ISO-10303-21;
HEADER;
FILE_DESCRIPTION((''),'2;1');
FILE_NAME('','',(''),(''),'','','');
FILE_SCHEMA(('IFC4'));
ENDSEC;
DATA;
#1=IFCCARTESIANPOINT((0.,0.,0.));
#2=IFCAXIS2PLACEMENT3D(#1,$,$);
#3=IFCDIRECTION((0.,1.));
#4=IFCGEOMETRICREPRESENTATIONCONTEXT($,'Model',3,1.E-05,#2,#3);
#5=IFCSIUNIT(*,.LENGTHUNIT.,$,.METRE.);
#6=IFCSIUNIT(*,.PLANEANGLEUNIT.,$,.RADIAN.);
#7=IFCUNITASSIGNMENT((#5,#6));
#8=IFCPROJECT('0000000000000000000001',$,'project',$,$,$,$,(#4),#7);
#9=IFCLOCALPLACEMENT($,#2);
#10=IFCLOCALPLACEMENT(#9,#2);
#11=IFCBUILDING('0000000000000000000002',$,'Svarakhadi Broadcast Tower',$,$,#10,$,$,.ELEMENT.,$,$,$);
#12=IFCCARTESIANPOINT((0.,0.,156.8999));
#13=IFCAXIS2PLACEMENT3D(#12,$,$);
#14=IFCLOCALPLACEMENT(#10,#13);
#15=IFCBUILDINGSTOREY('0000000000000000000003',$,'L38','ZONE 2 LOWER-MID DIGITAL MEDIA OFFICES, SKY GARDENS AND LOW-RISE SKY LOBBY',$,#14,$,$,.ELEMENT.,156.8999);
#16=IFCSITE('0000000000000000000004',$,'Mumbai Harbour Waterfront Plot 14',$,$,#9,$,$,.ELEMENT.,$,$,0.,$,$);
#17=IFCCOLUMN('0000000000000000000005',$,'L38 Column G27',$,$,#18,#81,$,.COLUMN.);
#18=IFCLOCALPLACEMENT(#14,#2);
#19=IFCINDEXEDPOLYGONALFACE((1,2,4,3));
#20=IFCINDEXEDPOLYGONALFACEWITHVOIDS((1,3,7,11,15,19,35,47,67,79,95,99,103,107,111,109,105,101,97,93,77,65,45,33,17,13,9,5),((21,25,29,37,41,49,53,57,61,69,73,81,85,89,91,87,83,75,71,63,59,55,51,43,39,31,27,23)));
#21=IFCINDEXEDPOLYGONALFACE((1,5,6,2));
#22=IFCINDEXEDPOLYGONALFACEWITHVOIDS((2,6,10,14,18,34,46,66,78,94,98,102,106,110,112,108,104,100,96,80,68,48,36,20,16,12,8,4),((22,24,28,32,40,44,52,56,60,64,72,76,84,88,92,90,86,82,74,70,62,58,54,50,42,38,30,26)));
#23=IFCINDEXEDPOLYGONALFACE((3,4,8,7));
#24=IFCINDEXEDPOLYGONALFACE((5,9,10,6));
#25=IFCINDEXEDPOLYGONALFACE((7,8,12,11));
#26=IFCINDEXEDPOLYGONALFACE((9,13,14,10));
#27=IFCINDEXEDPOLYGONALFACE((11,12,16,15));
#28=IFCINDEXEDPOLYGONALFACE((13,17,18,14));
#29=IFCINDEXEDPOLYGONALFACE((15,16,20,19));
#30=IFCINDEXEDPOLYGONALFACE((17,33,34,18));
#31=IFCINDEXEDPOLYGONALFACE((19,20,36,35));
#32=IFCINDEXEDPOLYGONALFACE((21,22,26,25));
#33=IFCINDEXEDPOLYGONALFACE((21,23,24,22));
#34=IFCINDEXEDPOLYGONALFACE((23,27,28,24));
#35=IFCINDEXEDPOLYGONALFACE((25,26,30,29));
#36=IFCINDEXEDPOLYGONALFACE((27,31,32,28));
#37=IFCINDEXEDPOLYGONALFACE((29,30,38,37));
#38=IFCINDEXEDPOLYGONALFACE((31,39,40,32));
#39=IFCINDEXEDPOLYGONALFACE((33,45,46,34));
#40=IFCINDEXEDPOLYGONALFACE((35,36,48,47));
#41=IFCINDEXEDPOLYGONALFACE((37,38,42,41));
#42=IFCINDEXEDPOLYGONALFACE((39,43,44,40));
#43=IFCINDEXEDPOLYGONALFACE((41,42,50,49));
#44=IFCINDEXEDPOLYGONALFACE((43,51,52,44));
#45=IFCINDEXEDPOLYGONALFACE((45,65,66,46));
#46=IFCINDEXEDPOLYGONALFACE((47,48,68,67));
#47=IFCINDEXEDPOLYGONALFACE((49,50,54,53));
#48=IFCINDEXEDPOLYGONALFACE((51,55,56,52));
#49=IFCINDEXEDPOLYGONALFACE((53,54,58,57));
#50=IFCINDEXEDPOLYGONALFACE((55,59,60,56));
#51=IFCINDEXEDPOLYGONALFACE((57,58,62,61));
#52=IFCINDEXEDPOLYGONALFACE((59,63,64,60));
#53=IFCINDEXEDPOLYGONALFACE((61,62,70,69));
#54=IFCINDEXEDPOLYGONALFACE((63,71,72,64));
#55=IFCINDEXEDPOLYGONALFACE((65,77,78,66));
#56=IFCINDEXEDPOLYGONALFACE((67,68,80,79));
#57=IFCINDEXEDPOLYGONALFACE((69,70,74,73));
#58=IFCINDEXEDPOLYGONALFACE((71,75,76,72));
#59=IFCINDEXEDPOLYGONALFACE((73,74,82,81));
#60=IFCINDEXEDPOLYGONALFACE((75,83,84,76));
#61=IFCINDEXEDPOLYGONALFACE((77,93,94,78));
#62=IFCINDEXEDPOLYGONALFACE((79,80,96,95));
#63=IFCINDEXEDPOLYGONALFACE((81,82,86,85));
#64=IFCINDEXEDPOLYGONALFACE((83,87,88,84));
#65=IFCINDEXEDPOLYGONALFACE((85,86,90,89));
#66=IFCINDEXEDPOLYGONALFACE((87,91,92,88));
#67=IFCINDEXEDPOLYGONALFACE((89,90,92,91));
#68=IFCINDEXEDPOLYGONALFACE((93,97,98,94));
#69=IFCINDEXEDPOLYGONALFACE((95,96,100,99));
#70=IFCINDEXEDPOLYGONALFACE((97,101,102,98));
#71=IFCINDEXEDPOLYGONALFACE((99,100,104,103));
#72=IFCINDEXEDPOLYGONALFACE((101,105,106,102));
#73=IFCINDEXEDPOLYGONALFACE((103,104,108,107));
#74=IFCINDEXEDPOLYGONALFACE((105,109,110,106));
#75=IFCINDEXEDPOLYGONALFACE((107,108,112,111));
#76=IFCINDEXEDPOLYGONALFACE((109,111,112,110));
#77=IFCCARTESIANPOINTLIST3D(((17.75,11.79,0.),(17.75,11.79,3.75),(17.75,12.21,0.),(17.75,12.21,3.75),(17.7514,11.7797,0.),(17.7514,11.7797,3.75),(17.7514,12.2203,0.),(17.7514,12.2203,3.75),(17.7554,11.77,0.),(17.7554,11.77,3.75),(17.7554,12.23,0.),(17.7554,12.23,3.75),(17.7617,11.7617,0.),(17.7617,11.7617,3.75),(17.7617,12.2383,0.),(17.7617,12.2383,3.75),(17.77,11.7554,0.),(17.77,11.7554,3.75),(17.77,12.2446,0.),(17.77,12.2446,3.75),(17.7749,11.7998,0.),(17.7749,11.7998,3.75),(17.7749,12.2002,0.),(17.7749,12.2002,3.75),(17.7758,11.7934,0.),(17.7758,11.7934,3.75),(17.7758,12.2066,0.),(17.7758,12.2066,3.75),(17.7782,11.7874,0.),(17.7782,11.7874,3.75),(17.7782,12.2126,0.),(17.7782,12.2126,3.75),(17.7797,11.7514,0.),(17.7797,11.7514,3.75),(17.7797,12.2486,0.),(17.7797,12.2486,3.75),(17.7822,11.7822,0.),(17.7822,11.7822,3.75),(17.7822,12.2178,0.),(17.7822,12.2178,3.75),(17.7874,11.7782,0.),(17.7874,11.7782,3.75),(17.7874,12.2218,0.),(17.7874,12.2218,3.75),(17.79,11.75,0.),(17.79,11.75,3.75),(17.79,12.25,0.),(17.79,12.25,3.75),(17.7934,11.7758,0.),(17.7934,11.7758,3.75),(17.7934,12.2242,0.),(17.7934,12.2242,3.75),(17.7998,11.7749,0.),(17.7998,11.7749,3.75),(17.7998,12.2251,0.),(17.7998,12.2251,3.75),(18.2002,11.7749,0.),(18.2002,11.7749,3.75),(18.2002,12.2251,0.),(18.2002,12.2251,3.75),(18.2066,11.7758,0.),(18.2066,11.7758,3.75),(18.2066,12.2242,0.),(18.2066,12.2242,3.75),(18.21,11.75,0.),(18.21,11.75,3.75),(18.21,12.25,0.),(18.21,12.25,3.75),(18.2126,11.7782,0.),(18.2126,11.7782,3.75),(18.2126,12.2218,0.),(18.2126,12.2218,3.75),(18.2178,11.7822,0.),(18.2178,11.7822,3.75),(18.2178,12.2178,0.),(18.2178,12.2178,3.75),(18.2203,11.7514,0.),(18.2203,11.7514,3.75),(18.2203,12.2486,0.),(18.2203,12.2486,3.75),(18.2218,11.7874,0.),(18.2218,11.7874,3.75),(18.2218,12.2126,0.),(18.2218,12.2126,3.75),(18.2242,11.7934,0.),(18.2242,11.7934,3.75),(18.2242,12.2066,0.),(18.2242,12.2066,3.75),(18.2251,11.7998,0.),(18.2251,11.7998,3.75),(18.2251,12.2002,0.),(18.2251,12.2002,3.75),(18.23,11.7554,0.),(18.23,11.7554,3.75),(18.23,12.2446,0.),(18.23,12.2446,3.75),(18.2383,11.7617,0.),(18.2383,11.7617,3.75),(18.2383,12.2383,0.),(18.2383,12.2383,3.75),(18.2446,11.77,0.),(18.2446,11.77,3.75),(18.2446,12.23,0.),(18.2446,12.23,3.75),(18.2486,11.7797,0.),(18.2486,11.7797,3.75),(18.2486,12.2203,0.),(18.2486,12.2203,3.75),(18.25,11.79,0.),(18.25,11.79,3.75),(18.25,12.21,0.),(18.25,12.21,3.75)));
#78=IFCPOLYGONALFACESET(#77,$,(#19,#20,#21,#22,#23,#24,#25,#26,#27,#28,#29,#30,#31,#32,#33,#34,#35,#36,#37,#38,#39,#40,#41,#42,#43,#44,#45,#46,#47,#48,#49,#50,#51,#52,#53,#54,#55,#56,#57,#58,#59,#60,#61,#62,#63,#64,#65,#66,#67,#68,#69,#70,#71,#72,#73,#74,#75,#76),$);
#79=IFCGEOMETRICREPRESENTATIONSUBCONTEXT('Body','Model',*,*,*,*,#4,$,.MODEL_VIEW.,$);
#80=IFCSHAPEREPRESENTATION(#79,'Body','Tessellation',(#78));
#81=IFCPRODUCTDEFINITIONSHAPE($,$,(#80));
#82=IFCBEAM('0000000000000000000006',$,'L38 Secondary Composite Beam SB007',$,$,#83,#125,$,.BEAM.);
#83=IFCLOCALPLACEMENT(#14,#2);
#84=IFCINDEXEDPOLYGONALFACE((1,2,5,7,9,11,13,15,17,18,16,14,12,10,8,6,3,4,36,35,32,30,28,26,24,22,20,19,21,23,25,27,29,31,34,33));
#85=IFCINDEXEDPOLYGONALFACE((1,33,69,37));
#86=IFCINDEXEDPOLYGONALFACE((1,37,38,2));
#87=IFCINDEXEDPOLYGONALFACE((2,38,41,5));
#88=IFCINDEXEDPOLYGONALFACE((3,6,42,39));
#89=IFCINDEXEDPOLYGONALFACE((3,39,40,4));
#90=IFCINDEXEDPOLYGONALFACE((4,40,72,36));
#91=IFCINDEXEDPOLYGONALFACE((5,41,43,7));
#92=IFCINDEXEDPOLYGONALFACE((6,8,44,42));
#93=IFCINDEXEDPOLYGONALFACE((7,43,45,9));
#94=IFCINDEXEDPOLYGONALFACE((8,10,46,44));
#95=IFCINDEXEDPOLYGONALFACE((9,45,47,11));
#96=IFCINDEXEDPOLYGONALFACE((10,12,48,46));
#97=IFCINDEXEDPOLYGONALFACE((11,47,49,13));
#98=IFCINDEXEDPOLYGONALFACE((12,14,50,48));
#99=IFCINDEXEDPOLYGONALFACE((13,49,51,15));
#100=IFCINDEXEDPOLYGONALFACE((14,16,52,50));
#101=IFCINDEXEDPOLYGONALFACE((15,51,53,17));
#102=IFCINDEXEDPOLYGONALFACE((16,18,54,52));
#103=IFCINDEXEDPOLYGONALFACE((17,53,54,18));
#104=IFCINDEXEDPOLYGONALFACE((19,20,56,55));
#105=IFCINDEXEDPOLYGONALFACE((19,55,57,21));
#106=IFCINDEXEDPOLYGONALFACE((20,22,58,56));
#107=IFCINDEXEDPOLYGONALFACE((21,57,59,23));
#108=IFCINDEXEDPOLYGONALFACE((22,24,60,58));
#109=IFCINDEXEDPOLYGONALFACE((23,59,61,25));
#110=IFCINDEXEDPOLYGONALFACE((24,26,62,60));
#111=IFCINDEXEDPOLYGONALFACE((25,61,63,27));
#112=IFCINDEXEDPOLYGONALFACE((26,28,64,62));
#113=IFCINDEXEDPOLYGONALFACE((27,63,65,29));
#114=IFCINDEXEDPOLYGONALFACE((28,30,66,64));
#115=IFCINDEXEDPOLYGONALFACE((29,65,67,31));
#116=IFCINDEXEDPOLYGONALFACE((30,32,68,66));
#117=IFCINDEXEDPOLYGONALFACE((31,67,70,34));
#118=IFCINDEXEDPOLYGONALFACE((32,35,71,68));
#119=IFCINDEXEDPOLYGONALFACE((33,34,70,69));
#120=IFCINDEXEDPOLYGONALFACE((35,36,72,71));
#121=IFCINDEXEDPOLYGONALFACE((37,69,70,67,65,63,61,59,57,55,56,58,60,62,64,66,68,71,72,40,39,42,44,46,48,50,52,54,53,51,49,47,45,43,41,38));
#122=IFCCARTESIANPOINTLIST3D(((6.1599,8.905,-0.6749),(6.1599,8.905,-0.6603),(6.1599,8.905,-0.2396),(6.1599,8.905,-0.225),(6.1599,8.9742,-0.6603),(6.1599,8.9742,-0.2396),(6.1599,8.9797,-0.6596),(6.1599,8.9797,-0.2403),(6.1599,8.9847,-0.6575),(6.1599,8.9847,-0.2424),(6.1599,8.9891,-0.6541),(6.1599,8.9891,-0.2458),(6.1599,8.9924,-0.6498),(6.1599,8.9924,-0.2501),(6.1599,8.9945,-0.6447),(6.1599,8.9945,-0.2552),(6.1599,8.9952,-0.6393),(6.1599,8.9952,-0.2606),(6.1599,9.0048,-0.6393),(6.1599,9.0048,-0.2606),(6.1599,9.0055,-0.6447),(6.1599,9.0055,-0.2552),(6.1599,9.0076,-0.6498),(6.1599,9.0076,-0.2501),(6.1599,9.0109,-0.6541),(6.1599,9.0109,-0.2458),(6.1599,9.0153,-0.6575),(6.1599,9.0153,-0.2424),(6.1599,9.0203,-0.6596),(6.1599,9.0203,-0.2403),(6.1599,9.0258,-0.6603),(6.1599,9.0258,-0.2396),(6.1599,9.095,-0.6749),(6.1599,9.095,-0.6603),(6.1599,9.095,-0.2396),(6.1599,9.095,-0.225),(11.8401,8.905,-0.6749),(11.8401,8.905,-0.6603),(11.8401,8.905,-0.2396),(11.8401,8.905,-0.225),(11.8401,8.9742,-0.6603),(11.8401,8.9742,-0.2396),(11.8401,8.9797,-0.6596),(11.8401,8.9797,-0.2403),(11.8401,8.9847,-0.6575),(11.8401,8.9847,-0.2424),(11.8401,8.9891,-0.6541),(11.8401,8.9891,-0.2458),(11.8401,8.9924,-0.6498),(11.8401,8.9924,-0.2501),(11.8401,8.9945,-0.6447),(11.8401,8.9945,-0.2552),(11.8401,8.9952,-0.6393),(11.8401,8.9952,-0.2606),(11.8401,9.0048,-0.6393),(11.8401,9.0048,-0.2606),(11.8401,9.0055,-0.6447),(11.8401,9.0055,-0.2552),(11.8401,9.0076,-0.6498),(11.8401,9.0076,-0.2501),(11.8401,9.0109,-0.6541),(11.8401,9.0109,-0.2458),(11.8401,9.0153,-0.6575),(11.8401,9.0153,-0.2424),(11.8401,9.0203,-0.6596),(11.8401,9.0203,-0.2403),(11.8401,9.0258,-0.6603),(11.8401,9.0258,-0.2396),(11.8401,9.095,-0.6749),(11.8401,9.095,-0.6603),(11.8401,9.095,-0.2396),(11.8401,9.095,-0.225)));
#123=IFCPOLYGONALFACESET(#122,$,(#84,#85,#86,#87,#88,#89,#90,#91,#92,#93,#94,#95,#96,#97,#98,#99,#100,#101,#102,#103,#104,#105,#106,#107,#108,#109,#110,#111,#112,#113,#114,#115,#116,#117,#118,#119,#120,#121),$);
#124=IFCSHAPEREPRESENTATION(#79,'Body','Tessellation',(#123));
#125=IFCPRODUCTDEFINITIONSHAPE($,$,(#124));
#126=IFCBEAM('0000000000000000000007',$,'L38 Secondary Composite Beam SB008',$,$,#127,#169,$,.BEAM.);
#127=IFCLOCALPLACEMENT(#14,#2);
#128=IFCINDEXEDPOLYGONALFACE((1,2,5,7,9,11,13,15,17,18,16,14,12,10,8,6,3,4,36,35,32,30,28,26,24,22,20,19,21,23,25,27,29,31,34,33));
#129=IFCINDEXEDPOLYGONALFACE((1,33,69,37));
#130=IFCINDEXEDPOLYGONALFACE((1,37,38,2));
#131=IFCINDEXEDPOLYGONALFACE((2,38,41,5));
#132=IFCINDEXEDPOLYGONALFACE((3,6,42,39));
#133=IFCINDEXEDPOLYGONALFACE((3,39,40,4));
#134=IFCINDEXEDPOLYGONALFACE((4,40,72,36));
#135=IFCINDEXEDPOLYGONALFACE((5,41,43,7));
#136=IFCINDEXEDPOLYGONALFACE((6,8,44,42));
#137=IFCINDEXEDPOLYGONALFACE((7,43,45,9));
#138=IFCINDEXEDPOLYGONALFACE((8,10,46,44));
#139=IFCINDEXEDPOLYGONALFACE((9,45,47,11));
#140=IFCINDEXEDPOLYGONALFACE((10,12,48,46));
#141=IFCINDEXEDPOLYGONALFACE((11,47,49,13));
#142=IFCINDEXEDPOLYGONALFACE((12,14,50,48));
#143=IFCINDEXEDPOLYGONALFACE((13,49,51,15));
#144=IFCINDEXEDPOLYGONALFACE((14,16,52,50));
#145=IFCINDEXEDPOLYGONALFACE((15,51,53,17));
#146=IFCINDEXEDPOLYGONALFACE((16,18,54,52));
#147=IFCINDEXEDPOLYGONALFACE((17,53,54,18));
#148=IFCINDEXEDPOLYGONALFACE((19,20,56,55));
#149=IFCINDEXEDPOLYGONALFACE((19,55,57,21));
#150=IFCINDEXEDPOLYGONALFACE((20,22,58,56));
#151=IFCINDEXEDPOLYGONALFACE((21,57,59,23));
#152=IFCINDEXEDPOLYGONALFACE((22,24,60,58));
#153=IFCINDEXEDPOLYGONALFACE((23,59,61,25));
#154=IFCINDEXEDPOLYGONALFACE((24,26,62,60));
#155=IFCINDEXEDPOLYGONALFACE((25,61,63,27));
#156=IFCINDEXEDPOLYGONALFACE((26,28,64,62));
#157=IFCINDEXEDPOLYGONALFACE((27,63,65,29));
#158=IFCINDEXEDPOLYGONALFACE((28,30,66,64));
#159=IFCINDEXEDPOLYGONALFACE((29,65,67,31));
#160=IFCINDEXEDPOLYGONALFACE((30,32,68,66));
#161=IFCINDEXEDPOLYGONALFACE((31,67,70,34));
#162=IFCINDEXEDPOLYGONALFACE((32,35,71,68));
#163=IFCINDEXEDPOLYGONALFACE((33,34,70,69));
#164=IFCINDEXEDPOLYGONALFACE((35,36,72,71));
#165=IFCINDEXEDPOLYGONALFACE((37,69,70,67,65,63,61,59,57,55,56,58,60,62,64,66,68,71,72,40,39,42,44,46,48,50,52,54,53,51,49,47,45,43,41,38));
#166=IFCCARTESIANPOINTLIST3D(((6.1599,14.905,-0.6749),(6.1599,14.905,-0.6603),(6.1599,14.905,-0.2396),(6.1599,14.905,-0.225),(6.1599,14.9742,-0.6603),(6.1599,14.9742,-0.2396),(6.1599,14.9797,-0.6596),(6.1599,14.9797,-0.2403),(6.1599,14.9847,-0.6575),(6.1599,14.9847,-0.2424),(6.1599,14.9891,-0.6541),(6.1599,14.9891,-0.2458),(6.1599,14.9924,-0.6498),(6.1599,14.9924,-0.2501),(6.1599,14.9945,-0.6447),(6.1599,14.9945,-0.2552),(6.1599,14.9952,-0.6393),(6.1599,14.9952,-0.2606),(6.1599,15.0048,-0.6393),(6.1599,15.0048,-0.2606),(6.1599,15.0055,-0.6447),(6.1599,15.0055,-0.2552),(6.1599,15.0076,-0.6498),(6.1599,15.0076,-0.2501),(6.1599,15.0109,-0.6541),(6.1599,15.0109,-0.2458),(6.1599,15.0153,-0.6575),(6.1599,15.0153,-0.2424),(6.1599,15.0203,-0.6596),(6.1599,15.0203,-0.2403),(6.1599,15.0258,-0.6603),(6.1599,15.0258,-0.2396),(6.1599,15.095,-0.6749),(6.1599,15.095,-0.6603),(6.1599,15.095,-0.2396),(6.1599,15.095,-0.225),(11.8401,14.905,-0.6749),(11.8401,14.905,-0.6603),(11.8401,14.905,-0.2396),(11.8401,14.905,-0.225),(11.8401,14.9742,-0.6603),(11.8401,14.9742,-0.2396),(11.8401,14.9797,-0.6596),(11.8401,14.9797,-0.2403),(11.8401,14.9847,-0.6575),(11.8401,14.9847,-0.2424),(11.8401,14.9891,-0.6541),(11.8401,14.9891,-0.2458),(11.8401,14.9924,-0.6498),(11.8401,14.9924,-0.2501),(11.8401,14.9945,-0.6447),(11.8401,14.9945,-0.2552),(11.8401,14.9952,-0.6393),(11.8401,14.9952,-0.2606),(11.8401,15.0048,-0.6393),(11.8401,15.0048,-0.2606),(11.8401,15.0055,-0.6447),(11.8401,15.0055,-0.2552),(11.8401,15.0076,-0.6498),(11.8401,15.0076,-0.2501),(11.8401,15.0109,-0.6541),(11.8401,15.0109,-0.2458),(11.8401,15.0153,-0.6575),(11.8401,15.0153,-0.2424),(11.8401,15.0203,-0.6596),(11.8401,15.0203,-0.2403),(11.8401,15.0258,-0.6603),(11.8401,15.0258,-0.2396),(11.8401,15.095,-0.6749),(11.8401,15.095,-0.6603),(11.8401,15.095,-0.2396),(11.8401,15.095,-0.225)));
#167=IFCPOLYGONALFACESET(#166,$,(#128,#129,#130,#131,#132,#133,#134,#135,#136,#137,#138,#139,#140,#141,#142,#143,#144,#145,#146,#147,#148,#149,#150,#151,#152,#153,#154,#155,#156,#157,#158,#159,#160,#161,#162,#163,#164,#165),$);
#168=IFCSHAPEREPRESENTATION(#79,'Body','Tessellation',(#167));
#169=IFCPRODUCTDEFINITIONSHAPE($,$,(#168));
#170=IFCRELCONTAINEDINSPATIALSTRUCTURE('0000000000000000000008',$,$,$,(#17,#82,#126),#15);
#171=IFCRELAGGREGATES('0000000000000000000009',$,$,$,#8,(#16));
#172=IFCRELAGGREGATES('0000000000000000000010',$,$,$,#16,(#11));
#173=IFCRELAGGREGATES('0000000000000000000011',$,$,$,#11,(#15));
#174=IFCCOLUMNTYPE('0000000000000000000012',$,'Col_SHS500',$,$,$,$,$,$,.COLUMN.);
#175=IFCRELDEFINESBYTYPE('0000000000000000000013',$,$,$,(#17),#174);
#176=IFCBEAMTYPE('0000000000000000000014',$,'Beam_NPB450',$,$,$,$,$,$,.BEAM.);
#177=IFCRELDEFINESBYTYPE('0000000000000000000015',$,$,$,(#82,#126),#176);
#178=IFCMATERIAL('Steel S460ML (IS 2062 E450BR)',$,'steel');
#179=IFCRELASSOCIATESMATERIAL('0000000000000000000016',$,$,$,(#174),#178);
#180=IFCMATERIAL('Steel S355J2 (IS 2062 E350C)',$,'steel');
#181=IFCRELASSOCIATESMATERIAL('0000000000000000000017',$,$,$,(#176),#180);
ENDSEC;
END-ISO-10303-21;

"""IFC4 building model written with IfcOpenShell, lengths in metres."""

from ifc_helpers import new_model, si_unit, direction, frame, origin, origin_2d, place, context, subcontext, project, spatial, hollow_rectangle, i_section, extrude, material, material_profile, profile_set, type_object, element, save


model = new_model("IFC4")

# Units and contexts
model_context = context("Model", 3, precision=1e-05, world=origin(), true_north=direction((0.0, 1.0)))
body_context = subcontext(model_context, "Body", "Model", "MODEL_VIEW")
ifc_project = project(units=[si_unit("LENGTHUNIT", "METRE"), si_unit("PLANEANGLEUNIT", "RADIAN")], contexts=[model_context])

# Site, building, storey
site_placement = place(None, origin())
site = spatial("IfcSite", under=ifc_project, at=site_placement, Name="Mumbai Harbour Waterfront Plot 14", CompositionType="ELEMENT", RefElevation=0.0)
building_placement = place(site_placement, origin())
building = spatial("IfcBuilding", under=site, at=building_placement, Name="Svarakhadi Broadcast Tower", CompositionType="ELEMENT")
storey_placement = place(building_placement, frame((0.0, 0.0, 156.8999)))
storey = spatial("IfcBuildingStorey", under=building, at=storey_placement, Name="L38", Description="ZONE 2 LOWER-MID DIGITAL MEDIA OFFICES, SKY GARDENS AND LOW-RISE SKY LOBBY", CompositionType="ELEMENT", Elevation=156.8999)

# Column
ifc_material_1 = material(Name="Steel S460ML (IS 2062 E450BR)", Category="steel")
ifc_material_profile_1 = material_profile(ifc_material_1, hollow_rectangle(XDim=0.5, YDim=0.5, WallThickness=0.0249, InnerFilletRadius=0.0249, OuterFilletRadius=0.04, at=origin_2d()), Name="SHS 500x500x25")
ifc_profile_set_1 = profile_set([ifc_material_profile_1], Name="Steel S460ML (IS 2062 E450BR)")
column_type_1 = type_object("IfcColumnType", Name="Col_SHS500", PredefinedType="COLUMN", material=ifc_profile_set_1)
for number, where, z_axis, x_axis, name in (
    (1, (18.0, 12.0, 0.0), (0.0, 0.0, 1.0), (1.0, 0.0, 0.0), "L38 Column G27"),
):
    element("IfcColumn", number, at=place(storey_placement, frame(where, z_axis=z_axis, x_axis=x_axis)), inside=storey, type_object=column_type_1, Name=name, PredefinedType="COLUMN", context=body_context, shape_type="SweptSolid", body=[
        extrude(hollow_rectangle(XDim=0.5, YDim=0.5, WallThickness=0.0249, InnerFilletRadius=0.0249, OuterFilletRadius=0.04, at=origin_2d()), origin(), (0.0, 0.0, 1.0), 3.75),
    ])

# Beams
ifc_material_2 = material(Name="Steel S355J2 (IS 2062 E350C)", Category="steel")
ifc_material_profile_2 = material_profile(ifc_material_2, i_section(OverallWidth=0.1899, OverallDepth=0.45, WebThickness=0.0095, FlangeThickness=0.0146, FilletRadius=0.021, at=origin_2d()), Name="NPB 450x190x78")
ifc_profile_set_2 = profile_set([ifc_material_profile_2], Name="Steel S355J2 (IS 2062 E350C)")
beam_type_1 = type_object("IfcBeamType", Name="Beam_NPB450", PredefinedType="BEAM", material=ifc_profile_set_2)
for number, where, z_axis, x_axis, name in (
    (2, (6.1599, 9.0, -0.45), (1.0, 0.0, 0.0), (0.0, 1.0, 0.0), "L38 Secondary Composite Beam SB007"),
    (3, (6.1599, 15.0, -0.45), (1.0, 0.0, 0.0), (0.0, 1.0, 0.0), "L38 Secondary Composite Beam SB008"),
):
    element("IfcBeam", number, at=place(storey_placement, frame(where, z_axis=z_axis, x_axis=x_axis)), inside=storey, type_object=beam_type_1, Name=name, PredefinedType="BEAM", context=body_context, shape_type="SweptSolid", body=[
        extrude(i_section(OverallWidth=0.1899, OverallDepth=0.45, WebThickness=0.0095, FlangeThickness=0.0146, FilletRadius=0.021, at=origin_2d()), origin(), (0.0, 0.0, 1.0), 5.6802),
    ])

save(model, "model.ifc")
